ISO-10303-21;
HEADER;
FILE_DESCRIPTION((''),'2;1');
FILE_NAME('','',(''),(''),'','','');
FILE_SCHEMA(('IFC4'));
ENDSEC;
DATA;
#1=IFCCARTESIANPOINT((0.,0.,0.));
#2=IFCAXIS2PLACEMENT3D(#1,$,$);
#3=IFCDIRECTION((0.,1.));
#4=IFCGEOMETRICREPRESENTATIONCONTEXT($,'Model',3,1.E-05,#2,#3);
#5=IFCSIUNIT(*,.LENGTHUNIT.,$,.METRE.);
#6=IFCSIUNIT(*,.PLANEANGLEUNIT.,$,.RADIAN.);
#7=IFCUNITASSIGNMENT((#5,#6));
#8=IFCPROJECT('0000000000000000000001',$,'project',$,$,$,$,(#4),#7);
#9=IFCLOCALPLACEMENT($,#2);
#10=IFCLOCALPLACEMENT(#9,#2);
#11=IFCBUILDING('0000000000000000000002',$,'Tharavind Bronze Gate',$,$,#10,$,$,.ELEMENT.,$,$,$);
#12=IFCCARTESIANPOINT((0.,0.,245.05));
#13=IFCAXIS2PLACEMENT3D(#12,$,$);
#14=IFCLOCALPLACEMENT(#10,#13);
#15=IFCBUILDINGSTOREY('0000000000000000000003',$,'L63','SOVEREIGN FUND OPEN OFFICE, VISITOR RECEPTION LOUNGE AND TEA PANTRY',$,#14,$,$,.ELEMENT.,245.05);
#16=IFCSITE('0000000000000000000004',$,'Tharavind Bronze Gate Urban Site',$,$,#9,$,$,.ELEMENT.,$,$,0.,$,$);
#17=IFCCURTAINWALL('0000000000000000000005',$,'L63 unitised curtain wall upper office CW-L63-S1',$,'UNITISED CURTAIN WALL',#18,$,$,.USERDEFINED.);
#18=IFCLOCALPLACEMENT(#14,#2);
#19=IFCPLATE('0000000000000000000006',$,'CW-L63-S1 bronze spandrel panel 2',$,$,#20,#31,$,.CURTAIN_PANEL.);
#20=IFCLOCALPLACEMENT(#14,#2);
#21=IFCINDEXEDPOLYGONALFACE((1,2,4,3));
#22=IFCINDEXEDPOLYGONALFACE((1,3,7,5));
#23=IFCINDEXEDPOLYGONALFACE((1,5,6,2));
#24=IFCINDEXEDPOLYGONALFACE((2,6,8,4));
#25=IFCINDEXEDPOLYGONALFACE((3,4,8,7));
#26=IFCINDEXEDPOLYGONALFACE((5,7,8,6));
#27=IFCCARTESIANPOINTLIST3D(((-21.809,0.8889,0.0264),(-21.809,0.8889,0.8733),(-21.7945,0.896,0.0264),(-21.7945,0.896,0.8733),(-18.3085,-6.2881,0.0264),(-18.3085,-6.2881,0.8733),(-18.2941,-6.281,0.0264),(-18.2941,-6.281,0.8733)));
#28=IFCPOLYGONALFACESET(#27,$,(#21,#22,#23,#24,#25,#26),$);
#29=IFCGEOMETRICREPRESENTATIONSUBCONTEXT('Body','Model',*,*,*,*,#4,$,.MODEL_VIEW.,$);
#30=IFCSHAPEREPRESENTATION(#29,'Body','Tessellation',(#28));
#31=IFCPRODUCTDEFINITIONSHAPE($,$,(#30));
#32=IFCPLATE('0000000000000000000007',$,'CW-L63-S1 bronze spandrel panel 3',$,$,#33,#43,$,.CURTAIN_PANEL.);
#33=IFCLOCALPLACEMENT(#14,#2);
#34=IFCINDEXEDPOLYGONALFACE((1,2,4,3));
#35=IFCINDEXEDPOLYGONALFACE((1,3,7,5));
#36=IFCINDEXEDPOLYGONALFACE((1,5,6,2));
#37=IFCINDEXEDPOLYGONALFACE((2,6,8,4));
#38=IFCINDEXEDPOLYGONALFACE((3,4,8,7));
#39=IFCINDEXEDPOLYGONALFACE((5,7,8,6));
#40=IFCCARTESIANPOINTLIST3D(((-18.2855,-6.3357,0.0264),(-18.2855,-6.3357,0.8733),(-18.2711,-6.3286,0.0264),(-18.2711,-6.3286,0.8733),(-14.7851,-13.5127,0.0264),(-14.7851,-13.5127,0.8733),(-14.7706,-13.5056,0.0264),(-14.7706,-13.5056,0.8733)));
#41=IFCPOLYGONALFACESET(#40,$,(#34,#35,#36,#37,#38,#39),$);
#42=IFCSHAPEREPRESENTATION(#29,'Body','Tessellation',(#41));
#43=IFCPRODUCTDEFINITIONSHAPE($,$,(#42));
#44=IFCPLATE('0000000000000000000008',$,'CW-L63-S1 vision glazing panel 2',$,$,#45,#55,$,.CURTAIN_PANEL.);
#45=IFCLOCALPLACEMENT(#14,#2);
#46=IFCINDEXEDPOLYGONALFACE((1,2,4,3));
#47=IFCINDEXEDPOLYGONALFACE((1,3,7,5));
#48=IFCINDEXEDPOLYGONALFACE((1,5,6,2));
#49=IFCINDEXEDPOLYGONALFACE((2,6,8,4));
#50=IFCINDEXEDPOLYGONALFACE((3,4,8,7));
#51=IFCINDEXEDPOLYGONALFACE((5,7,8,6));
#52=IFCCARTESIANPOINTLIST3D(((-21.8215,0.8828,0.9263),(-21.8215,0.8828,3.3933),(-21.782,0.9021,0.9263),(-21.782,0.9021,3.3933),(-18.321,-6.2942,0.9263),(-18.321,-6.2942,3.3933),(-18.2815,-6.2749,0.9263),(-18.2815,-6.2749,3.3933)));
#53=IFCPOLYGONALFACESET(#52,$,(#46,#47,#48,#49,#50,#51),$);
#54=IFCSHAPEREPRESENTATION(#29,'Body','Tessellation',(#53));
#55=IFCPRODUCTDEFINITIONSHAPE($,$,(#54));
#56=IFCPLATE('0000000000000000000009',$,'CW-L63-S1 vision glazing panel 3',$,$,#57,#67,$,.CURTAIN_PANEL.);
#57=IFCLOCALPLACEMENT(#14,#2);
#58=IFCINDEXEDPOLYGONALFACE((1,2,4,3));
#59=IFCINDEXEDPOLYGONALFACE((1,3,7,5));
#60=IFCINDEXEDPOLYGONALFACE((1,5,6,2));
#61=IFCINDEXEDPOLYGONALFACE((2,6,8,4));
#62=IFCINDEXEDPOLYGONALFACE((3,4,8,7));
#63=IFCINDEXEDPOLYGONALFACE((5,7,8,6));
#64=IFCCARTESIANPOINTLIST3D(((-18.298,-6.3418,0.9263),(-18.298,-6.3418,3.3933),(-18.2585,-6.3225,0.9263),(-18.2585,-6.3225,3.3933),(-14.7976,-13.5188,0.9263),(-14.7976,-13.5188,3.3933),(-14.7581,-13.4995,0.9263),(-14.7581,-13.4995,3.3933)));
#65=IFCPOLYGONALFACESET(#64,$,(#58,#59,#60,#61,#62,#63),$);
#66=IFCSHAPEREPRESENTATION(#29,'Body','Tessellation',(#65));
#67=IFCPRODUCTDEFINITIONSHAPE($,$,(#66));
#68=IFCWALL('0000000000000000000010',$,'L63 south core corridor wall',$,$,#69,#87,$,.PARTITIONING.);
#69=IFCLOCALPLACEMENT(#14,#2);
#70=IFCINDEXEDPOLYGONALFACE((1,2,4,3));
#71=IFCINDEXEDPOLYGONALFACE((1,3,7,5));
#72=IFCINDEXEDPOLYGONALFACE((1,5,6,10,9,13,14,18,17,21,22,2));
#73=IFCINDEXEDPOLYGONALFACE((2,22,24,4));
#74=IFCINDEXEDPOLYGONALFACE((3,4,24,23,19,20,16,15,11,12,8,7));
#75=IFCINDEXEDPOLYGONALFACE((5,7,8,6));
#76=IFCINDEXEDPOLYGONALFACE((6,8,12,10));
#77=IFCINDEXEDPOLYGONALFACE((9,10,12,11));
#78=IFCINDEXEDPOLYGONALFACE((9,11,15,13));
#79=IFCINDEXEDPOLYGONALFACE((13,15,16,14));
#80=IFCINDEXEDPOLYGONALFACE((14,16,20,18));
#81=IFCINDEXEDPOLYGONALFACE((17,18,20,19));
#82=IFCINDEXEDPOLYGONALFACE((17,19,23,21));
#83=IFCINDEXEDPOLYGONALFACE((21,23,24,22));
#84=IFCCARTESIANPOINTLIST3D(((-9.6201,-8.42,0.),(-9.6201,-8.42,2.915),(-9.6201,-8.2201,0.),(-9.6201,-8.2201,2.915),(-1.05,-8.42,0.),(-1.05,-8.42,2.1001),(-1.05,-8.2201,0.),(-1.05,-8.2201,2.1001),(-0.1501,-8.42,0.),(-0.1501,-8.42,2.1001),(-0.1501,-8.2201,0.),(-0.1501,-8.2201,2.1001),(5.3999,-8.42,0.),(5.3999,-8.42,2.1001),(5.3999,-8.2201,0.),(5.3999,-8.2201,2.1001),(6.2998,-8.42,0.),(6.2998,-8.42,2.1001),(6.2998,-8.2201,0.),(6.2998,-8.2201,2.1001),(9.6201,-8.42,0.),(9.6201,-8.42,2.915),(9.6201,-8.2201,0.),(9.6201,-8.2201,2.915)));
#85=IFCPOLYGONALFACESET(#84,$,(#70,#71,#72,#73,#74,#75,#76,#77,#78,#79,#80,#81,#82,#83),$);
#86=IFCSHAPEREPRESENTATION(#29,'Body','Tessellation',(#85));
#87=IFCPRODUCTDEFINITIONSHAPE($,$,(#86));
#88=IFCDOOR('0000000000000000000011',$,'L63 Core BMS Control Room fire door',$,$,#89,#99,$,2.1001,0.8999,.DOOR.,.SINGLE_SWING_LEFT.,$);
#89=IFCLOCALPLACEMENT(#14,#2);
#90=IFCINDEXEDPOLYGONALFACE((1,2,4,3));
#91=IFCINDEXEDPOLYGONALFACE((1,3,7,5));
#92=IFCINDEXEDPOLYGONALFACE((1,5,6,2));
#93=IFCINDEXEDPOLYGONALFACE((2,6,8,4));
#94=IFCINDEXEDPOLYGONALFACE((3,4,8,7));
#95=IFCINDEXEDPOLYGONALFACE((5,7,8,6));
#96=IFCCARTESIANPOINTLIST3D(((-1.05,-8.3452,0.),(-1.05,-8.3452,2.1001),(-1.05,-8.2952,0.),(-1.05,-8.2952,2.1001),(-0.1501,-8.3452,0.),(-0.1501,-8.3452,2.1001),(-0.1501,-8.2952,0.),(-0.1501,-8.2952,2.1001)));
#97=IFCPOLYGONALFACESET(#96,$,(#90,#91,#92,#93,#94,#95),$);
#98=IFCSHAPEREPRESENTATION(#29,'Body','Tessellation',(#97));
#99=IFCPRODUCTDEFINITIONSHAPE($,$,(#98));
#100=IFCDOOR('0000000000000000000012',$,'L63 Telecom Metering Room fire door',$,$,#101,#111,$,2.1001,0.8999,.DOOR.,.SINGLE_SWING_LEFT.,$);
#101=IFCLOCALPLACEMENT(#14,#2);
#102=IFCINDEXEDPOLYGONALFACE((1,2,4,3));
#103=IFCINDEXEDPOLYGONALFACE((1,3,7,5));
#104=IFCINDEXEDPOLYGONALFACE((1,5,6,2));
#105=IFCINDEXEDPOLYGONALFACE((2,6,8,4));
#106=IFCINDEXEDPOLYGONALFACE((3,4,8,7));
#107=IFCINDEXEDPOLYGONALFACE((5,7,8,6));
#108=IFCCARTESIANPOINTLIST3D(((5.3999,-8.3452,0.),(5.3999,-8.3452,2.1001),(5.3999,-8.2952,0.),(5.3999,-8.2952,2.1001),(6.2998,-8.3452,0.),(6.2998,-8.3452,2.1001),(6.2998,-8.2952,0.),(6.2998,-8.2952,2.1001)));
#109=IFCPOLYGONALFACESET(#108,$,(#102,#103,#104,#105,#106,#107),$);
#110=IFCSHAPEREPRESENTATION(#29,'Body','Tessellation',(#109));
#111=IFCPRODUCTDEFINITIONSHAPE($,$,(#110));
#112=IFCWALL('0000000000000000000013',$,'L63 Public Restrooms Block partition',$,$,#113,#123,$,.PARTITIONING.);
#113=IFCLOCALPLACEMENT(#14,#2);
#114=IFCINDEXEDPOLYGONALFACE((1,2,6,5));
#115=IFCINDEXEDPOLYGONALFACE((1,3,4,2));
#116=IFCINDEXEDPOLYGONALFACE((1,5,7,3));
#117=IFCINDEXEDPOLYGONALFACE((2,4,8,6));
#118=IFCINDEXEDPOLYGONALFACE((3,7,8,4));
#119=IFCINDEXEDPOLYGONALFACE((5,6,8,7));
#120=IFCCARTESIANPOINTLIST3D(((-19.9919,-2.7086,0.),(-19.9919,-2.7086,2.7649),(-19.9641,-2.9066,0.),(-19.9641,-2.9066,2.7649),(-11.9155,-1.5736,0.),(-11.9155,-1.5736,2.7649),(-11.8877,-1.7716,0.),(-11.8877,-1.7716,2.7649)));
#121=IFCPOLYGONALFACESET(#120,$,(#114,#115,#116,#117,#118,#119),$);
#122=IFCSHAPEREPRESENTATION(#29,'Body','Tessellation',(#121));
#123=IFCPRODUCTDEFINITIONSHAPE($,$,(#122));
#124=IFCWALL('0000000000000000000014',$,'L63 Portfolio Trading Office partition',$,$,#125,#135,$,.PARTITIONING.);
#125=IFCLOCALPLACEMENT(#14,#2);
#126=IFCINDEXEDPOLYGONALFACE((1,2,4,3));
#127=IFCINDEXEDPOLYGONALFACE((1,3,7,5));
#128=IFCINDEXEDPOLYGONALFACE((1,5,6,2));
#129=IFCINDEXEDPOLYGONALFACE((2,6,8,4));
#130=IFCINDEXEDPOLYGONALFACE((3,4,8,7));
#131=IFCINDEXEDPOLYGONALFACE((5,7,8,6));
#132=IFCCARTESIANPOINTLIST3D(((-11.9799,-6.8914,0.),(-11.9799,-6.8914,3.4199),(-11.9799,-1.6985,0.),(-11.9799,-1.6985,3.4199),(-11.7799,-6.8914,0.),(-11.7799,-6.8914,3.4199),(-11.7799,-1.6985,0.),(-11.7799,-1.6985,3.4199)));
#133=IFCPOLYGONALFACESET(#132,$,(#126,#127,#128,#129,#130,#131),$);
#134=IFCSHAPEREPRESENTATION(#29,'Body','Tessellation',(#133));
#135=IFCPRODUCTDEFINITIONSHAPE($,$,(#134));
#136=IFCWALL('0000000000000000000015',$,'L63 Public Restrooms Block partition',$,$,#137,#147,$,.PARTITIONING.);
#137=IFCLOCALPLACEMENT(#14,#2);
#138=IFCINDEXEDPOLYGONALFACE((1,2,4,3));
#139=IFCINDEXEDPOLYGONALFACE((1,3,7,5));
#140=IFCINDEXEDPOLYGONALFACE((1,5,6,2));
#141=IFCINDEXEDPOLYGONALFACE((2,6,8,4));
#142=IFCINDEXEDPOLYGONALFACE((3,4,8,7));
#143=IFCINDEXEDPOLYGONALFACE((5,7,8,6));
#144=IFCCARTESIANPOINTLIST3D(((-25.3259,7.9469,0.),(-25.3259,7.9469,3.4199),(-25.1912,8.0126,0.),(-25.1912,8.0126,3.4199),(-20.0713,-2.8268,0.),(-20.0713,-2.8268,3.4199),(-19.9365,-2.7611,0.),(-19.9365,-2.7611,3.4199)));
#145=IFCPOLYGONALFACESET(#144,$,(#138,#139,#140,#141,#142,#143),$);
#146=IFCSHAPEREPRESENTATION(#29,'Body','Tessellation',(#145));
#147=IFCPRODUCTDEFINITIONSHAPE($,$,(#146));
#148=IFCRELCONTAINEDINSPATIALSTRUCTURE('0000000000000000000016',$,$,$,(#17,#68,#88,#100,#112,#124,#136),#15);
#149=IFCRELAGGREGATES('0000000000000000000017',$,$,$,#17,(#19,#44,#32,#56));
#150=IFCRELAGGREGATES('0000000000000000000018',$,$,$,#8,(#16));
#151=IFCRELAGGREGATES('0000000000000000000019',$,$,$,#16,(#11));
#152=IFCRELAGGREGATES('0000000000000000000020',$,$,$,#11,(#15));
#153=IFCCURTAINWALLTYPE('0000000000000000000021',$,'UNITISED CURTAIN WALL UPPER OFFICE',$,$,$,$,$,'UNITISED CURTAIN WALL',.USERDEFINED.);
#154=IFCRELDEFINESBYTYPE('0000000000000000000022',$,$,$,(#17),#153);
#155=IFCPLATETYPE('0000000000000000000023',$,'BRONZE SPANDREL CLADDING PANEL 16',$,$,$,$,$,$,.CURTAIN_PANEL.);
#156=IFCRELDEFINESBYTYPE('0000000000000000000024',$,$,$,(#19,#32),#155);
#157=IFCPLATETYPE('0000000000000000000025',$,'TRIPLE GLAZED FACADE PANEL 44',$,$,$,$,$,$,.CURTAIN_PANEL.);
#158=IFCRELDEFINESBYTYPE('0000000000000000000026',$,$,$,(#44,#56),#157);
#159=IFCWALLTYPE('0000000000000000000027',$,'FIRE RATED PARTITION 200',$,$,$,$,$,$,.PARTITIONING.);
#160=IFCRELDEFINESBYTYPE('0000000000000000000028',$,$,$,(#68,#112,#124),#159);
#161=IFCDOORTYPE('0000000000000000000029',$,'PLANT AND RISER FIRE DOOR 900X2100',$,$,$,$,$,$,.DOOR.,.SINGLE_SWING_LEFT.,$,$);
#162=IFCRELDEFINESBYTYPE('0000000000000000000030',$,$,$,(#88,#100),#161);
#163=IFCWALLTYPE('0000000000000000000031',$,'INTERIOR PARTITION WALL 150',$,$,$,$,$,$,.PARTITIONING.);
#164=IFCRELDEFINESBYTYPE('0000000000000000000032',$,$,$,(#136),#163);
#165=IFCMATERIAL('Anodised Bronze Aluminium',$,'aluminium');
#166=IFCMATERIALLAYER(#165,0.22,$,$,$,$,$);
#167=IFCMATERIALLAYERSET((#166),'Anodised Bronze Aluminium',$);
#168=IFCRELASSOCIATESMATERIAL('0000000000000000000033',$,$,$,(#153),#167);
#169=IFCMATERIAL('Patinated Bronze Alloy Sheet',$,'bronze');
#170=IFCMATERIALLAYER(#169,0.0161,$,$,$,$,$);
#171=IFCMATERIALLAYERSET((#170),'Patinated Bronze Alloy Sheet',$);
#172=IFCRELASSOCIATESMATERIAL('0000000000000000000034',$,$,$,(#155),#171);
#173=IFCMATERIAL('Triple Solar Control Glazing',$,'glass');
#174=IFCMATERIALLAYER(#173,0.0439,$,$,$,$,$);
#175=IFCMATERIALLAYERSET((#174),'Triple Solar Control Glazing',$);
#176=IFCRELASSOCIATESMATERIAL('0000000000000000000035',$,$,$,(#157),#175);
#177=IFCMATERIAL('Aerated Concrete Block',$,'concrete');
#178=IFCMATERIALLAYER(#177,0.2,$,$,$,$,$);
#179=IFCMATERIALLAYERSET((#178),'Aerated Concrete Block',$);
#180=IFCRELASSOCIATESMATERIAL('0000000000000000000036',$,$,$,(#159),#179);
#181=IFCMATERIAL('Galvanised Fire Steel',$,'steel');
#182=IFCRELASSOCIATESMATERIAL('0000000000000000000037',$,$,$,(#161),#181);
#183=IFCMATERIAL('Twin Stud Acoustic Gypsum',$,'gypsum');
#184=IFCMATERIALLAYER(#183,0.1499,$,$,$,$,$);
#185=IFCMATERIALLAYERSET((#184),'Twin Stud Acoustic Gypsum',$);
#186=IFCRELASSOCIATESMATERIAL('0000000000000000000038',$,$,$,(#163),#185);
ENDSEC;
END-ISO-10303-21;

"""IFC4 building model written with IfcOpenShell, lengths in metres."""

from ifc_helpers import new_model, si_unit, direction, frame, frame_2d, origin, origin_2d, place, context, subcontext, project, spatial, rectangle, extrude, material, layer, layer_set, type_object, element, fill, aggregate, save


model = new_model("IFC4")

# Units and contexts
model_context = context("Model", 3, precision=1e-05, world=origin(), true_north=direction((0.0, 1.0)))
body_context = subcontext(model_context, "Body", "Model", "MODEL_VIEW")
ifc_project = project(units=[si_unit("LENGTHUNIT", "METRE"), si_unit("PLANEANGLEUNIT", "RADIAN")], contexts=[model_context])

# Site, building, storey
site_placement = place(None, origin())
site = spatial("IfcSite", under=ifc_project, at=site_placement, Name="Tharavind Bronze Gate Urban Site", CompositionType="ELEMENT", RefElevation=0.0)
building_placement = place(site_placement, origin())
building = spatial("IfcBuilding", under=site, at=building_placement, Name="Tharavind Bronze Gate", CompositionType="ELEMENT")
storey_placement = place(building_placement, frame((0.0, 0.0, 245.05)))
storey = spatial("IfcBuildingStorey", under=building, at=storey_placement, Name="L63", Description="SOVEREIGN FUND OPEN OFFICE, VISITOR RECEPTION LOUNGE AND TEA PANTRY", CompositionType="ELEMENT", Elevation=245.05)

# Curtain wall
ifc_material_1 = material(Name="Anodised Bronze Aluminium", Category="aluminium")
ifc_layer_1 = layer(ifc_material_1, 0.22)
ifc_layer_set_1 = layer_set([ifc_layer_1], Name="Anodised Bronze Aluminium")
curtain_wall_type = type_object("IfcCurtainWallType", Name="UNITISED CURTAIN WALL UPPER OFFICE", ElementType="UNITISED CURTAIN WALL", PredefinedType="USERDEFINED", material=ifc_layer_set_1)
curtain_wall_placement = place(storey_placement, origin())
curtain_wall = element("IfcCurtainWall", 1, at=curtain_wall_placement, inside=storey, type_object=curtain_wall_type, Name="L63 unitised curtain wall upper office CW-L63-S1", ObjectType="UNITISED CURTAIN WALL", PredefinedType="USERDEFINED")

# Plates
ifc_material_2 = material(Name="Patinated Bronze Alloy Sheet", Category="bronze")
ifc_layer_2 = layer(ifc_material_2, 0.0161)
ifc_layer_set_2 = layer_set([ifc_layer_2], Name="Patinated Bronze Alloy Sheet")
plate_type_1 = type_object("IfcPlateType", Name="BRONZE SPANDREL CLADDING PANEL 16", PredefinedType="CURTAIN_PANEL", material=ifc_layer_set_2)
plate_1_placement = place(storey_placement, frame((-20.0515, -2.696, 0.0264), z_axis=(0.0, 0.0, 1.0), x_axis=(0.438371, -0.898794, 0.0)))
plate_1 = element("IfcPlate", 2, at=plate_1_placement, type_object=plate_type_1, Name="CW-L63-S1 bronze spandrel panel 2", PredefinedType="CURTAIN_PANEL", context=body_context, shape_type="SweptSolid", body=[
    extrude(rectangle(XDim=7.9851, YDim=0.0161, at=origin_2d()), origin(), (0.0, 0.0, 1.0), 0.8469),
])
plate_2_placement = place(storey_placement, frame((-16.5281, -9.9207, 0.0264), z_axis=(0.0, 0.0, 1.0), x_axis=(0.438371, -0.898794, 0.0)))
plate_2 = element("IfcPlate", 3, at=plate_2_placement, type_object=plate_type_1, Name="CW-L63-S1 bronze spandrel panel 3", PredefinedType="CURTAIN_PANEL", context=body_context, shape_type="SweptSolid", body=[
    extrude(rectangle(XDim=7.9851, YDim=0.0161, at=origin_2d()), origin(), (0.0, 0.0, 1.0), 0.8469),
])
ifc_material_3 = material(Name="Triple Solar Control Glazing", Category="glass")
ifc_layer_3 = layer(ifc_material_3, 0.0439)
ifc_layer_set_3 = layer_set([ifc_layer_3], Name="Triple Solar Control Glazing")
plate_type_2 = type_object("IfcPlateType", Name="TRIPLE GLAZED FACADE PANEL 44", PredefinedType="CURTAIN_PANEL", material=ifc_layer_set_3)
plate_3_placement = place(storey_placement, frame((-20.0515, -2.696, 0.9263), z_axis=(0.0, 0.0, 1.0), x_axis=(0.438371, -0.898794, 0.0)))
plate_3 = element("IfcPlate", 4, at=plate_3_placement, type_object=plate_type_2, Name="CW-L63-S1 vision glazing panel 2", PredefinedType="CURTAIN_PANEL", context=body_context, shape_type="SweptSolid", body=[
    extrude(rectangle(XDim=7.9851, YDim=0.0439, at=origin_2d()), origin(), (0.0, 0.0, 1.0), 2.467),
])
plate_4_placement = place(storey_placement, frame((-16.5281, -9.9207, 0.9263), z_axis=(0.0, 0.0, 1.0), x_axis=(0.438371, -0.898794, 0.0)))
plate_4 = element("IfcPlate", 5, at=plate_4_placement, type_object=plate_type_2, Name="CW-L63-S1 vision glazing panel 3", PredefinedType="CURTAIN_PANEL", context=body_context, shape_type="SweptSolid", body=[
    extrude(rectangle(XDim=7.9851, YDim=0.0439, at=origin_2d()), origin(), (0.0, 0.0, 1.0), 2.467),
])
aggregate(curtain_wall, [plate_1, plate_3, plate_2, plate_4])

# Wall, openings, doors
ifc_material_4 = material(Name="Aerated Concrete Block", Category="concrete")
ifc_layer_4 = layer(ifc_material_4, 0.2)
ifc_layer_set_4 = layer_set([ifc_layer_4], Name="Aerated Concrete Block")
wall_type_1 = type_object("IfcWallType", Name="FIRE RATED PARTITION 200", PredefinedType="PARTITIONING", material=ifc_layer_set_4)
wall_1_placement = place(storey_placement, frame((-9.6201, -8.3201, 0.0), z_axis=(0.0, 0.0, 1.0), x_axis=(1.0, 0.0, 0.0)))
wall_1 = element("IfcWall", 6, at=wall_1_placement, inside=storey, type_object=wall_type_1, Name="L63 south core corridor wall", PredefinedType="PARTITIONING", context=body_context, shape_type="SweptSolid", body=[
    extrude(rectangle(XDim=19.2402, YDim=0.2, at=frame_2d((9.6201, 0.0))), origin(), (0.0, 0.0, 1.0), 2.915),
])
opening_1_placement = place(wall_1_placement, frame((8.5701, 0.0, 0.0)))
opening_1 = element("IfcOpeningElement", 7, at=opening_1_placement, cuts=wall_1, PredefinedType="OPENING", context=body_context, shape_type="SweptSolid", body=[
    extrude(rectangle(XDim=0.8999, YDim=2.1001, at=frame_2d((0.45, 1.05))), frame((0.0, 0.1101, 0.0), z_axis=(0.0, -1.0, 0.0), x_axis=(1.0, 0.0, 0.0)), (0.0, 0.0, 1.0), 0.22),
])
opening_2_placement = place(wall_1_placement, frame((15.02, 0.0, 0.0)))
opening_2 = element("IfcOpeningElement", 8, at=opening_2_placement, cuts=wall_1, PredefinedType="OPENING", context=body_context, shape_type="SweptSolid", body=[
    extrude(rectangle(XDim=0.8999, YDim=2.1001, at=frame_2d((0.45, 1.05))), frame((0.0, 0.1101, 0.0), z_axis=(0.0, -1.0, 0.0), x_axis=(1.0, 0.0, 0.0)), (0.0, 0.0, 1.0), 0.22),
])
ifc_material_5 = material(Name="Galvanised Fire Steel", Category="steel")
door_type_1 = type_object("IfcDoorType", Name="PLANT AND RISER FIRE DOOR 900X2100", OperationType="SINGLE_SWING_LEFT", PredefinedType="DOOR", material=ifc_material_5)
door_1_placement = place(opening_1_placement, origin())
door_1 = element("IfcDoor", 9, at=door_1_placement, inside=storey, type_object=door_type_1, Name="L63 Core BMS Control Room fire door", OperationType="SINGLE_SWING_LEFT", OverallHeight=2.1001, OverallWidth=0.8999, PredefinedType="DOOR", context=body_context, shape_type="SweptSolid", body=[
    extrude(rectangle(XDim=0.8999, YDim=2.1001, at=frame_2d((0.45, 1.05))), frame((0.0, 0.0249, 0.0), z_axis=(0.0, -1.0, 0.0), x_axis=(1.0, 0.0, 0.0)), (0.0, 0.0, 1.0), 0.05),
])
fill(opening_1, door_1)
door_2_placement = place(opening_2_placement, origin())
door_2 = element("IfcDoor", 10, at=door_2_placement, inside=storey, type_object=door_type_1, Name="L63 Telecom Metering Room fire door", OperationType="SINGLE_SWING_LEFT", OverallHeight=2.1001, OverallWidth=0.8999, PredefinedType="DOOR", context=body_context, shape_type="SweptSolid", body=[
    extrude(rectangle(XDim=0.8999, YDim=2.1001, at=frame_2d((0.45, 1.05))), frame((0.0, 0.0249, 0.0), z_axis=(0.0, -1.0, 0.0), x_axis=(1.0, 0.0, 0.0)), (0.0, 0.0, 1.0), 0.05),
])
fill(opening_2, door_2)

# Walls
wall_2_placement = place(storey_placement, frame((-11.9016, -1.6726, 0.0), z_axis=(0.0, 0.0, 1.0), x_axis=(-0.990269, -0.139166, 0.0)))
element("IfcWall", 11, at=wall_2_placement, inside=storey, type_object=wall_type_1, Name="L63 Public Restrooms Block partition", PredefinedType="PARTITIONING", context=body_context, shape_type="SweptSolid", body=[
    extrude(rectangle(XDim=8.1558, YDim=0.2, at=frame_2d((4.0779, 0.0))), origin(), (0.0, 0.0, 1.0), 2.7649),
])
wall_3_placement = place(storey_placement, frame((-11.8799, -1.6985, 0.0), z_axis=(0.0, 0.0, 1.0), x_axis=(0.0, -1.0, 0.0)))
element("IfcWall", 12, at=wall_3_placement, inside=storey, type_object=wall_type_1, Name="L63 Portfolio Trading Office partition", PredefinedType="PARTITIONING", context=body_context, shape_type="SweptSolid", body=[
    extrude(rectangle(XDim=5.1929, YDim=0.2, at=frame_2d((2.5964, 0.0))), origin(), (0.0, 0.0, 1.0), 3.4199),
])

# Wall
ifc_material_6 = material(Name="Twin Stud Acoustic Gypsum", Category="gypsum")
ifc_layer_5 = layer(ifc_material_6, 0.1499)
ifc_layer_set_5 = layer_set([ifc_layer_5], Name="Twin Stud Acoustic Gypsum")
wall_type_2 = type_object("IfcWallType", Name="INTERIOR PARTITION WALL 150", PredefinedType="PARTITIONING", material=ifc_layer_set_5)
wall_4_placement = place(storey_placement, frame((-20.0039, -2.7939, 0.0), z_axis=(0.0, 0.0, 1.0), x_axis=(-0.438369, 0.898795, 0.0)))
element("IfcWall", 13, at=wall_4_placement, inside=storey, type_object=wall_type_2, Name="L63 Public Restrooms Block partition", PredefinedType="PARTITIONING", context=body_context, shape_type="SweptSolid", body=[
    extrude(rectangle(XDim=11.9868, YDim=0.1499, at=frame_2d((5.9934, 0.0))), origin(), (0.0, 0.0, 1.0), 3.4199),
])

save(model, "model.ifc")
